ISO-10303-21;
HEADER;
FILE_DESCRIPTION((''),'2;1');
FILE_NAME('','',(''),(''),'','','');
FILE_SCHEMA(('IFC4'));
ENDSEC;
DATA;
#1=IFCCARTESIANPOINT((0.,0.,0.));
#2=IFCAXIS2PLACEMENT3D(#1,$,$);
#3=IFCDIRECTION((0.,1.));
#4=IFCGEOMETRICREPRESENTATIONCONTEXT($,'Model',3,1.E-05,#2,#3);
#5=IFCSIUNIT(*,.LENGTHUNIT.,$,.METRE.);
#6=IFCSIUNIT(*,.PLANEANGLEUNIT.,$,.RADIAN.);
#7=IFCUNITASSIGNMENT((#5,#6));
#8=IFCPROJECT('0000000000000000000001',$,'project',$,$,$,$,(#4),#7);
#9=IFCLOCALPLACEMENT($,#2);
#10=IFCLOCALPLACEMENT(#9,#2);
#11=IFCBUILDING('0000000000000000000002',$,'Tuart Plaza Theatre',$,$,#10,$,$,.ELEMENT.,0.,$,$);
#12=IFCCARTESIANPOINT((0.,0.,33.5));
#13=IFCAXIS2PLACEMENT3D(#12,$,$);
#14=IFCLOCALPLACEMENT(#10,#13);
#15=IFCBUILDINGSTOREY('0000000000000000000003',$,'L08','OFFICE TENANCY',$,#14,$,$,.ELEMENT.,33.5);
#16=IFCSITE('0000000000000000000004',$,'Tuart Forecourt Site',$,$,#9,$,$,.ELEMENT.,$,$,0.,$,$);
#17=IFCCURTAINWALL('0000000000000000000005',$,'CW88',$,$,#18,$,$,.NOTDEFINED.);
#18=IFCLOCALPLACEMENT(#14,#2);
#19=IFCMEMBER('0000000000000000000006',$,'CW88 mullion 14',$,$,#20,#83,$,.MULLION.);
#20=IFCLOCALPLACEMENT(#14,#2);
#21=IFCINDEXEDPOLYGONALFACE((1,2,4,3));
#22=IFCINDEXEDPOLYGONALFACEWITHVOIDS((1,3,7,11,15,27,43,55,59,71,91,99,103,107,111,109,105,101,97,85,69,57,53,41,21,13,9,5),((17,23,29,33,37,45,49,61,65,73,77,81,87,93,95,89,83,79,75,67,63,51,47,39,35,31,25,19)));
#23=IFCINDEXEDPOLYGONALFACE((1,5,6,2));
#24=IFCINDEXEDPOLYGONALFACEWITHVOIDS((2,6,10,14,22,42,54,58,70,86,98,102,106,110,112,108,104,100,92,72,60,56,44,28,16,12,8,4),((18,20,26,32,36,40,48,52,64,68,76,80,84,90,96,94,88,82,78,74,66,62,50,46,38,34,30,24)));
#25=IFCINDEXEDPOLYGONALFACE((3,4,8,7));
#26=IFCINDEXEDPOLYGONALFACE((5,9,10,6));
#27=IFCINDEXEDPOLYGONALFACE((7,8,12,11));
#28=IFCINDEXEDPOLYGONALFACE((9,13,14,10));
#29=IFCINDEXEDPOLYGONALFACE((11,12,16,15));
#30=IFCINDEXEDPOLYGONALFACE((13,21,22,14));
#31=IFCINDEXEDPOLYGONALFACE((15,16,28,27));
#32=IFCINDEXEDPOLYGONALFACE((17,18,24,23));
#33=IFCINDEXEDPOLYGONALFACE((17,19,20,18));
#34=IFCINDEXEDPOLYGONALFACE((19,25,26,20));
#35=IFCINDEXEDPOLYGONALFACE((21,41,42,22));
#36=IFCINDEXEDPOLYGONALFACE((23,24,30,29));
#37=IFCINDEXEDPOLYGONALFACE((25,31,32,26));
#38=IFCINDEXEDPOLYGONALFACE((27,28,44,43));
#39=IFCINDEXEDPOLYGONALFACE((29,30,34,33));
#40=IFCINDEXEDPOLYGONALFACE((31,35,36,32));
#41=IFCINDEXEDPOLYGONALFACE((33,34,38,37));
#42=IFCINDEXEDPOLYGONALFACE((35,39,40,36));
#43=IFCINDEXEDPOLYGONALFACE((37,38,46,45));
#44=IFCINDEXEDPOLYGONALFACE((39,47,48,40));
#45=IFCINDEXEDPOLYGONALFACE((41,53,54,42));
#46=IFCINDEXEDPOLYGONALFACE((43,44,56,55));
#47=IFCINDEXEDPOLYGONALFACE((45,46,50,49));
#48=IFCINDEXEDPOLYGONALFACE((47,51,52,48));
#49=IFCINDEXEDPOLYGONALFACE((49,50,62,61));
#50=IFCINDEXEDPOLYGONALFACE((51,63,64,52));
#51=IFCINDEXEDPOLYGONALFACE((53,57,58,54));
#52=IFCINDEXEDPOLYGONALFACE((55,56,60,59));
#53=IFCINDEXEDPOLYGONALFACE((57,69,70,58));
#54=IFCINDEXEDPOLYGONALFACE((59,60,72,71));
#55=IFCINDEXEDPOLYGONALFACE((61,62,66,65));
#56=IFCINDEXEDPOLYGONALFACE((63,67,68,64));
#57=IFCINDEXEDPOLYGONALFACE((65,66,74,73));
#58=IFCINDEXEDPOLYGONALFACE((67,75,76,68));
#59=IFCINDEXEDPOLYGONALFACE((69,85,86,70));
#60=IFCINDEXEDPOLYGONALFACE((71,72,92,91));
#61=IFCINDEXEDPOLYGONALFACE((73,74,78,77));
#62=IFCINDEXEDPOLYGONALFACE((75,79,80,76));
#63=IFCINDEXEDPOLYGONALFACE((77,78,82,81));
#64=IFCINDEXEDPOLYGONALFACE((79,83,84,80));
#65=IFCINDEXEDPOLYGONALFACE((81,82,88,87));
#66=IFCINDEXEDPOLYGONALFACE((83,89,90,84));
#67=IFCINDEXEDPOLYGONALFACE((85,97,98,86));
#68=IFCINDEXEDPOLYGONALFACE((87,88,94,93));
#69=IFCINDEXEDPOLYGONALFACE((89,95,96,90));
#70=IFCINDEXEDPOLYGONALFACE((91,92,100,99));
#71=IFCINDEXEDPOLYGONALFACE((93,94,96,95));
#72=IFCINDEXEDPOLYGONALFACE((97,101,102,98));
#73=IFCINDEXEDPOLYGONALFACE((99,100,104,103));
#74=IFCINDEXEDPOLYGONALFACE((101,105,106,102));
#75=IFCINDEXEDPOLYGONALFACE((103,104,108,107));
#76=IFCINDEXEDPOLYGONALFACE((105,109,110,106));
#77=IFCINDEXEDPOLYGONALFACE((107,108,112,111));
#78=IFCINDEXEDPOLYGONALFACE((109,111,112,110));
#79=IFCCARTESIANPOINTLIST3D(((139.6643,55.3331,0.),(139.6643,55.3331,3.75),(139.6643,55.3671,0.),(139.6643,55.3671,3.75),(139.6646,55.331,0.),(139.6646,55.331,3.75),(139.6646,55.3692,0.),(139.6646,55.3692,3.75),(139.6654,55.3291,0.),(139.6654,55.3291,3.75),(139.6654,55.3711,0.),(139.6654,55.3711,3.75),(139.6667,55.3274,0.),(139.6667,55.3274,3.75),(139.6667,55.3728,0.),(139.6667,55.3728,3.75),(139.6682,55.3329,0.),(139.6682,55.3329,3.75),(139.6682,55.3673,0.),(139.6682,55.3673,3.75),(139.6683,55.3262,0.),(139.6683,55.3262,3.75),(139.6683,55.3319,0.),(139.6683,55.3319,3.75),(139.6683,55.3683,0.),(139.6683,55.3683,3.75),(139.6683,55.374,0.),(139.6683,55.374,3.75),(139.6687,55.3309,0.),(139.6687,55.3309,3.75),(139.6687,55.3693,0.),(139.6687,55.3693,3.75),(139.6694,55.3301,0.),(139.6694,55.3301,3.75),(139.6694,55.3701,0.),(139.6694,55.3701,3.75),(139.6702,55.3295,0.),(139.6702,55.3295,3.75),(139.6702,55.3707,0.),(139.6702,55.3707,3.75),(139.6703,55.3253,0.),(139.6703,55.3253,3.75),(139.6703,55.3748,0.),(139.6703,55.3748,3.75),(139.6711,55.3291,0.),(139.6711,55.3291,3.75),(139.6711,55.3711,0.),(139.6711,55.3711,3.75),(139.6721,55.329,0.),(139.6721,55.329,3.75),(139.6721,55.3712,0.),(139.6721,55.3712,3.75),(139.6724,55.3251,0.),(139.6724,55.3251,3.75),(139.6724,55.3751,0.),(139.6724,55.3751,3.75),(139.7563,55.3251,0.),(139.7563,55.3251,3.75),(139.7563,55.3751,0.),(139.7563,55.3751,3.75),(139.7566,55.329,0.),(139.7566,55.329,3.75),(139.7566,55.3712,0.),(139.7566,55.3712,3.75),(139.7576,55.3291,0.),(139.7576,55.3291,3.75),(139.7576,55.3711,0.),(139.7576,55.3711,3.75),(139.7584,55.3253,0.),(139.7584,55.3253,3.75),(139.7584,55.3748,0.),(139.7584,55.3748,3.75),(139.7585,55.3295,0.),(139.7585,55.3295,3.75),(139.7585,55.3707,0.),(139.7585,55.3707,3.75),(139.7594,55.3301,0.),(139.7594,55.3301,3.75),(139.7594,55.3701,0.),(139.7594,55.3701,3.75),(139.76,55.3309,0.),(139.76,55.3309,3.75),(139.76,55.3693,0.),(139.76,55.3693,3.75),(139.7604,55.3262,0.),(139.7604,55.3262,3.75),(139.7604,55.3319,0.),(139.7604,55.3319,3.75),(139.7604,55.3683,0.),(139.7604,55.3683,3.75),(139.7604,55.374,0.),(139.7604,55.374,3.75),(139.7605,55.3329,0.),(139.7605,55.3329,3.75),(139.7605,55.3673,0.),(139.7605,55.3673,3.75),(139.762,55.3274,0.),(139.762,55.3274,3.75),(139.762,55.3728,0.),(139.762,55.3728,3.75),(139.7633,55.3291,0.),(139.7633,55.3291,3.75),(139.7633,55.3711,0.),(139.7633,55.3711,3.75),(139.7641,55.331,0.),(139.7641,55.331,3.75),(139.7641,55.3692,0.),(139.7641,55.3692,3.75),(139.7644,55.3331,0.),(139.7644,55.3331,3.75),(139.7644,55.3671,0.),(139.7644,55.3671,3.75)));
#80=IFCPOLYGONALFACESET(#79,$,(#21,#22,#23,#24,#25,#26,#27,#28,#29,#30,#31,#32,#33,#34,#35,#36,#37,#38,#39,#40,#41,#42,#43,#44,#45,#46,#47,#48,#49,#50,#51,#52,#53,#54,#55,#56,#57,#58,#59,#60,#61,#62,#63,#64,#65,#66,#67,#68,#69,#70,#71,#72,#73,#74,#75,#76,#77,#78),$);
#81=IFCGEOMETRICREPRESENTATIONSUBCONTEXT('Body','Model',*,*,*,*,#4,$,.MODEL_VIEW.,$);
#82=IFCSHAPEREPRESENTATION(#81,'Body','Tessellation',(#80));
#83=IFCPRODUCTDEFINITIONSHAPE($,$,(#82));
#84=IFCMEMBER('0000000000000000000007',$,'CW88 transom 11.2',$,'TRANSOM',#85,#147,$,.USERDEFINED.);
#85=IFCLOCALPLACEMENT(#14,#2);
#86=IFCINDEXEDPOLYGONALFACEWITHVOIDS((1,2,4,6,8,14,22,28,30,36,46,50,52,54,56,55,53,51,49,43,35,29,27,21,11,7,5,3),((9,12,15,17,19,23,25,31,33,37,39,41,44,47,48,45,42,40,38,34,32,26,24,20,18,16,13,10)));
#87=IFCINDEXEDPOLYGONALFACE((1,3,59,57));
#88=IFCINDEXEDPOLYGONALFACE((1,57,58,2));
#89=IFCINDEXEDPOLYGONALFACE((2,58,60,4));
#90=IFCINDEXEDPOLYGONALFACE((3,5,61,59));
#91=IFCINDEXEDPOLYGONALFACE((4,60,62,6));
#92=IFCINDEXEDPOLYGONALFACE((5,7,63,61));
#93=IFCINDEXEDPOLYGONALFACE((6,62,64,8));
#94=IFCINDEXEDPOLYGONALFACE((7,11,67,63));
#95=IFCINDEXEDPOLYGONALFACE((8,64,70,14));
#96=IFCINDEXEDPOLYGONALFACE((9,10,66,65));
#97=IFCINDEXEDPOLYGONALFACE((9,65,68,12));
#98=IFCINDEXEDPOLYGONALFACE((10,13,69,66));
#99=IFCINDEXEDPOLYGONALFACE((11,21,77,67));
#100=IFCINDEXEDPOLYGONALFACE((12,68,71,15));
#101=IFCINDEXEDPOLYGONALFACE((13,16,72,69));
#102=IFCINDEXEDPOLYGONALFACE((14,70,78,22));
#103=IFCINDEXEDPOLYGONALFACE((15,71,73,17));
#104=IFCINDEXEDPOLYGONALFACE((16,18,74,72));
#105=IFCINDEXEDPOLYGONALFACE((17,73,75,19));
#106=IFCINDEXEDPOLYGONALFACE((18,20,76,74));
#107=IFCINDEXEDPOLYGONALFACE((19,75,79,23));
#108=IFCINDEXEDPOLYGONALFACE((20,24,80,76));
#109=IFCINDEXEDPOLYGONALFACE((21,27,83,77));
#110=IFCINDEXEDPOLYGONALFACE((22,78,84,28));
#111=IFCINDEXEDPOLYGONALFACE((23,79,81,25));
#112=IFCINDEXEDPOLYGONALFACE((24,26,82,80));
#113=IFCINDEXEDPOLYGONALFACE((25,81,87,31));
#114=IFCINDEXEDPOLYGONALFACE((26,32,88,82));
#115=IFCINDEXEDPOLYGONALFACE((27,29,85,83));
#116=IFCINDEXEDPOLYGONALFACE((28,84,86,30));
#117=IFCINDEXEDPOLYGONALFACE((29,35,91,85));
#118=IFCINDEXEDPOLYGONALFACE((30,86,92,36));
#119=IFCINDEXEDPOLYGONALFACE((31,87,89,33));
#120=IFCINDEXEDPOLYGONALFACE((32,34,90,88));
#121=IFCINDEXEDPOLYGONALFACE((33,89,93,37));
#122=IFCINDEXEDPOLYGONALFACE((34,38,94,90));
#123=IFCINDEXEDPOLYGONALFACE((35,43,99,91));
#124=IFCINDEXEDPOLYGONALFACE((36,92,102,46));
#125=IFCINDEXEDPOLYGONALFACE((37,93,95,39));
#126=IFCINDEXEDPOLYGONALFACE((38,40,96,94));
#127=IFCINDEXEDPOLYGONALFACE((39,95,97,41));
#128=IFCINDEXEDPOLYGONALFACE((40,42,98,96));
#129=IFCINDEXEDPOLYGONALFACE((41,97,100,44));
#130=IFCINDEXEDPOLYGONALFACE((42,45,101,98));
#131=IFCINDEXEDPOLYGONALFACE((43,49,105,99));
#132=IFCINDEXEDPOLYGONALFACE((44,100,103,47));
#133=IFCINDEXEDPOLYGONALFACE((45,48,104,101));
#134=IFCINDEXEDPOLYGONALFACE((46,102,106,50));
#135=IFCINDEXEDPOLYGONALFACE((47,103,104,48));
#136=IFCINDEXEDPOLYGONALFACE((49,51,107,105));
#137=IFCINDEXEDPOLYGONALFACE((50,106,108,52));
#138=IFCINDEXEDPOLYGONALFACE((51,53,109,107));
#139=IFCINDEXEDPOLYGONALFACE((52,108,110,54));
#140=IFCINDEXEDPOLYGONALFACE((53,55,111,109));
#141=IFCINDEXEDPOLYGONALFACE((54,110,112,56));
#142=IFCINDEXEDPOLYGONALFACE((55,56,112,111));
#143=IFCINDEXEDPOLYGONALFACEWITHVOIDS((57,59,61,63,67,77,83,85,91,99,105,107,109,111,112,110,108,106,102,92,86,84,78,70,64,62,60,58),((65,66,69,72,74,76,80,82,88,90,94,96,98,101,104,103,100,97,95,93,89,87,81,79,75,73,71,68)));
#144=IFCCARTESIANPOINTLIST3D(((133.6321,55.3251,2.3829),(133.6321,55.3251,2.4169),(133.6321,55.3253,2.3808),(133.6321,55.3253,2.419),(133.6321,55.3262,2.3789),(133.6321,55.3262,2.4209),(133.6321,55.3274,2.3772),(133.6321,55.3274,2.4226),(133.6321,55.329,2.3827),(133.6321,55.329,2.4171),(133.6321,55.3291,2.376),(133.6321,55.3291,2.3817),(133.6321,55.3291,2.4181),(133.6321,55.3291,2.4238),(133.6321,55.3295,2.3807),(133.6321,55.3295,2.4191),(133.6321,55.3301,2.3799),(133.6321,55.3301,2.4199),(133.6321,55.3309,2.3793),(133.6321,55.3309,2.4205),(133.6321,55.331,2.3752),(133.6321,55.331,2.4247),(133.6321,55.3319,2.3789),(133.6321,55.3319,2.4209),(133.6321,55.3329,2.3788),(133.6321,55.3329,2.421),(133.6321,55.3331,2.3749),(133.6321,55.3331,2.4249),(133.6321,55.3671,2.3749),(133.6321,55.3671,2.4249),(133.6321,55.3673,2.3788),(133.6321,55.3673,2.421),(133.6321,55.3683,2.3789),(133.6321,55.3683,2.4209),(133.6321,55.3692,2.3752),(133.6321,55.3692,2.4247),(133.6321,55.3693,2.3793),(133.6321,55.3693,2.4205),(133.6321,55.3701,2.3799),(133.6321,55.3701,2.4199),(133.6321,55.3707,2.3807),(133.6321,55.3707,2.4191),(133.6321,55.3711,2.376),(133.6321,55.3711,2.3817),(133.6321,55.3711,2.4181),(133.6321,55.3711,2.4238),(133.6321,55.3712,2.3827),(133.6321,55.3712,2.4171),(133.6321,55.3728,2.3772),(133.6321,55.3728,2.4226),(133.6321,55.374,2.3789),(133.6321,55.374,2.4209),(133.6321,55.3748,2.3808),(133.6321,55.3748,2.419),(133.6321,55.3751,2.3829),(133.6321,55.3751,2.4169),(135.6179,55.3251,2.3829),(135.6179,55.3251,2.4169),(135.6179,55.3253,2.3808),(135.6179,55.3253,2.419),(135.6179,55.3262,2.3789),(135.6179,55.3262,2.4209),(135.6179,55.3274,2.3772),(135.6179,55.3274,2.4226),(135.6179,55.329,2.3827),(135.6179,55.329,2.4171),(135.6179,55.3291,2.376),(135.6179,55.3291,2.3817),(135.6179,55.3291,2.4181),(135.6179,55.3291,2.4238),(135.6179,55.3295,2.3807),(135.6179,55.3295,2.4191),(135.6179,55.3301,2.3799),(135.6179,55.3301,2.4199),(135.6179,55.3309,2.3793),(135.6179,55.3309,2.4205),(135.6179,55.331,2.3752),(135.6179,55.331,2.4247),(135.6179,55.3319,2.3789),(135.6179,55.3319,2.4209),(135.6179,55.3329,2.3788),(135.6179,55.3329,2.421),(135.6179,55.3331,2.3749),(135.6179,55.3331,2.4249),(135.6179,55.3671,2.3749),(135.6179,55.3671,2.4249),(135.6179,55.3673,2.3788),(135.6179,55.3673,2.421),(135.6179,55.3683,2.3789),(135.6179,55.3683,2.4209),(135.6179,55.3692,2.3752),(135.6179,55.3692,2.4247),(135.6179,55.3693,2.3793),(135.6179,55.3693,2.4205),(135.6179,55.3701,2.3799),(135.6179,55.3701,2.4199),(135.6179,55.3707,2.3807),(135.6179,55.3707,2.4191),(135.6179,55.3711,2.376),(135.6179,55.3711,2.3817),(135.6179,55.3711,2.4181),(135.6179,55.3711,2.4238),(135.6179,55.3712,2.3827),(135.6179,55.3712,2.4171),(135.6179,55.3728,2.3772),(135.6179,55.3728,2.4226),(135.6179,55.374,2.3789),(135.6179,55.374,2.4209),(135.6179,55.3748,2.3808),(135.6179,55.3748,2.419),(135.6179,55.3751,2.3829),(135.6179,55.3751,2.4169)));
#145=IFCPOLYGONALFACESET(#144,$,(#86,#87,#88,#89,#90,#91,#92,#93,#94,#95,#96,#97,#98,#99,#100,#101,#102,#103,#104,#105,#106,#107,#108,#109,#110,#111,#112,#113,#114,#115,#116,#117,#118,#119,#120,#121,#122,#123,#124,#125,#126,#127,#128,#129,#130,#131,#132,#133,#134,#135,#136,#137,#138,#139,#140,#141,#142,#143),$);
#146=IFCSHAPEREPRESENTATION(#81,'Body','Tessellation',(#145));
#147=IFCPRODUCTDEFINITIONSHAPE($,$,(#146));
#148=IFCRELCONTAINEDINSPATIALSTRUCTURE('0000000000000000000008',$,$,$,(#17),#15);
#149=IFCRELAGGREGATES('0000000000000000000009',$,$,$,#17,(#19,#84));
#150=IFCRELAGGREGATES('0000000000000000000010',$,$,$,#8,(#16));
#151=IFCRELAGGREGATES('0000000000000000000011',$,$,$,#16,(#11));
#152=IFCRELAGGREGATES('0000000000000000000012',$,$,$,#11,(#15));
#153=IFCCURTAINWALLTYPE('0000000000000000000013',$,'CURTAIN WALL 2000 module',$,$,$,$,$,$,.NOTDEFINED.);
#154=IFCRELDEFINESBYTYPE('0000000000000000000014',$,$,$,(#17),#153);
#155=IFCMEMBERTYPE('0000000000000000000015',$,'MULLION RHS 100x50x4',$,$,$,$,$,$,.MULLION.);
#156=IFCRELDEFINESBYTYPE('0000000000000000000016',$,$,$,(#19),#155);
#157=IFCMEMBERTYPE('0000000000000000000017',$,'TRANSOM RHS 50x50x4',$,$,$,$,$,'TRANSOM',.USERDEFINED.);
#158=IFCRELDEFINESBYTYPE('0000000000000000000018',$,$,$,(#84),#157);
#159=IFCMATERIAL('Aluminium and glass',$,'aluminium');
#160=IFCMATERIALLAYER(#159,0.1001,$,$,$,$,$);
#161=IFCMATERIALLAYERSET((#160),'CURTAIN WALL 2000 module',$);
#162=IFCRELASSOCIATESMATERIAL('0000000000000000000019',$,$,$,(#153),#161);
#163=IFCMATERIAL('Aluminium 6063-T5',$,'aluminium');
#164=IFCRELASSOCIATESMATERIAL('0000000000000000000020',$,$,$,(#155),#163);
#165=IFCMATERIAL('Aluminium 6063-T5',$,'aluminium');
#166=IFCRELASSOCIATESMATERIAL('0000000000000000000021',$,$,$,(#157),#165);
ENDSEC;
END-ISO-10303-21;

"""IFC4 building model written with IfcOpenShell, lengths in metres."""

from ifc_helpers import new_model, si_unit, direction, frame, origin, origin_2d, place, context, subcontext, project, spatial, hollow_rectangle, extrude, material, layer, layer_set, material_profile, profile_set, type_object, element, aggregate, save


model = new_model("IFC4")

# Units and contexts
model_context = context("Model", 3, precision=1e-05, world=origin(), true_north=direction((0.0, 1.0)))
body_context = subcontext(model_context, "Body", "Model", "MODEL_VIEW")
ifc_project = project(units=[si_unit("LENGTHUNIT", "METRE"), si_unit("PLANEANGLEUNIT", "RADIAN")], contexts=[model_context])

# Site, building, storey
site_placement = place(None, origin())
site = spatial("IfcSite", under=ifc_project, at=site_placement, Name="Tuart Forecourt Site", CompositionType="ELEMENT", RefElevation=0.0)
building_placement = place(site_placement, origin())
building = spatial("IfcBuilding", under=site, at=building_placement, Name="Tuart Plaza Theatre", CompositionType="ELEMENT", ElevationOfRefHeight=0.0)
storey_placement = place(building_placement, frame((0.0, 0.0, 33.5)))
storey = spatial("IfcBuildingStorey", under=building, at=storey_placement, Name="L08", Description="OFFICE TENANCY", CompositionType="ELEMENT", Elevation=33.5)

# Curtain wall, members
ifc_material_1 = material(Name="Aluminium and glass", Category="aluminium")
ifc_layer_1 = layer(ifc_material_1, 0.1001)
ifc_layer_set_1 = layer_set([ifc_layer_1], Name="CURTAIN WALL 2000 module")
curtain_wall_type = type_object("IfcCurtainWallType", Name="CURTAIN WALL 2000 module", PredefinedType="NOTDEFINED", material=ifc_layer_set_1)
curtain_wall_placement = place(storey_placement, origin())
curtain_wall = element("IfcCurtainWall", 1, at=curtain_wall_placement, inside=storey, type_object=curtain_wall_type, Name="CW88", PredefinedType="NOTDEFINED")
ifc_material_2 = material(Name="Aluminium 6063-T5", Category="aluminium")
ifc_material_profile_1 = material_profile(ifc_material_2, hollow_rectangle(XDim=0.05, YDim=0.1001, WallThickness=0.0039, InnerFilletRadius=0.0039, OuterFilletRadius=0.0081, at=origin_2d()), Name="RHS 100x50x4")
ifc_profile_set_1 = profile_set([ifc_material_profile_1], Name="Aluminium 6063-T5")
member_type_1 = type_object("IfcMemberType", Name="MULLION RHS 100x50x4", PredefinedType="MULLION", material=ifc_profile_set_1)
member_1_placement = place(storey_placement, frame((139.7144, 55.3501, 0.0), z_axis=(0.0, 0.0, 1.0), x_axis=(0.0, 1.0, 0.0)))
member_1 = element("IfcMember", 2, at=member_1_placement, type_object=member_type_1, Name="CW88 mullion 14", PredefinedType="MULLION", context=body_context, shape_type="SweptSolid", body=[
    extrude(hollow_rectangle(XDim=0.05, YDim=0.1001, WallThickness=0.0039, InnerFilletRadius=0.0039, OuterFilletRadius=0.0081, at=origin_2d()), origin(), (0.0, 0.0, 1.0), 3.75),
])
ifc_material_3 = material(Name="Aluminium 6063-T5", Category="aluminium")
ifc_material_profile_2 = material_profile(ifc_material_3, hollow_rectangle(XDim=0.05, YDim=0.05, WallThickness=0.0039, InnerFilletRadius=0.0039, OuterFilletRadius=0.0081, at=origin_2d()), Name="RHS 50x50x4")
ifc_profile_set_2 = profile_set([ifc_material_profile_2], Name="Aluminium 6063-T5")
member_type_2 = type_object("IfcMemberType", Name="TRANSOM RHS 50x50x4", ElementType="TRANSOM", PredefinedType="USERDEFINED", material=ifc_profile_set_2)
member_2_placement = place(storey_placement, frame((133.6321, 55.3501, 2.3999), z_axis=(1.0, 0.0, 0.0), x_axis=(0.0, 1.0, 0.0)))
member_2 = element("IfcMember", 3, at=member_2_placement, type_object=member_type_2, Name="CW88 transom 11.2", ObjectType="TRANSOM", PredefinedType="USERDEFINED", context=body_context, shape_type="SweptSolid", body=[
    extrude(hollow_rectangle(XDim=0.05, YDim=0.05, WallThickness=0.0039, InnerFilletRadius=0.0039, OuterFilletRadius=0.0081, at=origin_2d()), origin(), (0.0, 0.0, 1.0), 1.9858),
])
aggregate(curtain_wall, [member_1, member_2])

save(model, "model.ifc")
